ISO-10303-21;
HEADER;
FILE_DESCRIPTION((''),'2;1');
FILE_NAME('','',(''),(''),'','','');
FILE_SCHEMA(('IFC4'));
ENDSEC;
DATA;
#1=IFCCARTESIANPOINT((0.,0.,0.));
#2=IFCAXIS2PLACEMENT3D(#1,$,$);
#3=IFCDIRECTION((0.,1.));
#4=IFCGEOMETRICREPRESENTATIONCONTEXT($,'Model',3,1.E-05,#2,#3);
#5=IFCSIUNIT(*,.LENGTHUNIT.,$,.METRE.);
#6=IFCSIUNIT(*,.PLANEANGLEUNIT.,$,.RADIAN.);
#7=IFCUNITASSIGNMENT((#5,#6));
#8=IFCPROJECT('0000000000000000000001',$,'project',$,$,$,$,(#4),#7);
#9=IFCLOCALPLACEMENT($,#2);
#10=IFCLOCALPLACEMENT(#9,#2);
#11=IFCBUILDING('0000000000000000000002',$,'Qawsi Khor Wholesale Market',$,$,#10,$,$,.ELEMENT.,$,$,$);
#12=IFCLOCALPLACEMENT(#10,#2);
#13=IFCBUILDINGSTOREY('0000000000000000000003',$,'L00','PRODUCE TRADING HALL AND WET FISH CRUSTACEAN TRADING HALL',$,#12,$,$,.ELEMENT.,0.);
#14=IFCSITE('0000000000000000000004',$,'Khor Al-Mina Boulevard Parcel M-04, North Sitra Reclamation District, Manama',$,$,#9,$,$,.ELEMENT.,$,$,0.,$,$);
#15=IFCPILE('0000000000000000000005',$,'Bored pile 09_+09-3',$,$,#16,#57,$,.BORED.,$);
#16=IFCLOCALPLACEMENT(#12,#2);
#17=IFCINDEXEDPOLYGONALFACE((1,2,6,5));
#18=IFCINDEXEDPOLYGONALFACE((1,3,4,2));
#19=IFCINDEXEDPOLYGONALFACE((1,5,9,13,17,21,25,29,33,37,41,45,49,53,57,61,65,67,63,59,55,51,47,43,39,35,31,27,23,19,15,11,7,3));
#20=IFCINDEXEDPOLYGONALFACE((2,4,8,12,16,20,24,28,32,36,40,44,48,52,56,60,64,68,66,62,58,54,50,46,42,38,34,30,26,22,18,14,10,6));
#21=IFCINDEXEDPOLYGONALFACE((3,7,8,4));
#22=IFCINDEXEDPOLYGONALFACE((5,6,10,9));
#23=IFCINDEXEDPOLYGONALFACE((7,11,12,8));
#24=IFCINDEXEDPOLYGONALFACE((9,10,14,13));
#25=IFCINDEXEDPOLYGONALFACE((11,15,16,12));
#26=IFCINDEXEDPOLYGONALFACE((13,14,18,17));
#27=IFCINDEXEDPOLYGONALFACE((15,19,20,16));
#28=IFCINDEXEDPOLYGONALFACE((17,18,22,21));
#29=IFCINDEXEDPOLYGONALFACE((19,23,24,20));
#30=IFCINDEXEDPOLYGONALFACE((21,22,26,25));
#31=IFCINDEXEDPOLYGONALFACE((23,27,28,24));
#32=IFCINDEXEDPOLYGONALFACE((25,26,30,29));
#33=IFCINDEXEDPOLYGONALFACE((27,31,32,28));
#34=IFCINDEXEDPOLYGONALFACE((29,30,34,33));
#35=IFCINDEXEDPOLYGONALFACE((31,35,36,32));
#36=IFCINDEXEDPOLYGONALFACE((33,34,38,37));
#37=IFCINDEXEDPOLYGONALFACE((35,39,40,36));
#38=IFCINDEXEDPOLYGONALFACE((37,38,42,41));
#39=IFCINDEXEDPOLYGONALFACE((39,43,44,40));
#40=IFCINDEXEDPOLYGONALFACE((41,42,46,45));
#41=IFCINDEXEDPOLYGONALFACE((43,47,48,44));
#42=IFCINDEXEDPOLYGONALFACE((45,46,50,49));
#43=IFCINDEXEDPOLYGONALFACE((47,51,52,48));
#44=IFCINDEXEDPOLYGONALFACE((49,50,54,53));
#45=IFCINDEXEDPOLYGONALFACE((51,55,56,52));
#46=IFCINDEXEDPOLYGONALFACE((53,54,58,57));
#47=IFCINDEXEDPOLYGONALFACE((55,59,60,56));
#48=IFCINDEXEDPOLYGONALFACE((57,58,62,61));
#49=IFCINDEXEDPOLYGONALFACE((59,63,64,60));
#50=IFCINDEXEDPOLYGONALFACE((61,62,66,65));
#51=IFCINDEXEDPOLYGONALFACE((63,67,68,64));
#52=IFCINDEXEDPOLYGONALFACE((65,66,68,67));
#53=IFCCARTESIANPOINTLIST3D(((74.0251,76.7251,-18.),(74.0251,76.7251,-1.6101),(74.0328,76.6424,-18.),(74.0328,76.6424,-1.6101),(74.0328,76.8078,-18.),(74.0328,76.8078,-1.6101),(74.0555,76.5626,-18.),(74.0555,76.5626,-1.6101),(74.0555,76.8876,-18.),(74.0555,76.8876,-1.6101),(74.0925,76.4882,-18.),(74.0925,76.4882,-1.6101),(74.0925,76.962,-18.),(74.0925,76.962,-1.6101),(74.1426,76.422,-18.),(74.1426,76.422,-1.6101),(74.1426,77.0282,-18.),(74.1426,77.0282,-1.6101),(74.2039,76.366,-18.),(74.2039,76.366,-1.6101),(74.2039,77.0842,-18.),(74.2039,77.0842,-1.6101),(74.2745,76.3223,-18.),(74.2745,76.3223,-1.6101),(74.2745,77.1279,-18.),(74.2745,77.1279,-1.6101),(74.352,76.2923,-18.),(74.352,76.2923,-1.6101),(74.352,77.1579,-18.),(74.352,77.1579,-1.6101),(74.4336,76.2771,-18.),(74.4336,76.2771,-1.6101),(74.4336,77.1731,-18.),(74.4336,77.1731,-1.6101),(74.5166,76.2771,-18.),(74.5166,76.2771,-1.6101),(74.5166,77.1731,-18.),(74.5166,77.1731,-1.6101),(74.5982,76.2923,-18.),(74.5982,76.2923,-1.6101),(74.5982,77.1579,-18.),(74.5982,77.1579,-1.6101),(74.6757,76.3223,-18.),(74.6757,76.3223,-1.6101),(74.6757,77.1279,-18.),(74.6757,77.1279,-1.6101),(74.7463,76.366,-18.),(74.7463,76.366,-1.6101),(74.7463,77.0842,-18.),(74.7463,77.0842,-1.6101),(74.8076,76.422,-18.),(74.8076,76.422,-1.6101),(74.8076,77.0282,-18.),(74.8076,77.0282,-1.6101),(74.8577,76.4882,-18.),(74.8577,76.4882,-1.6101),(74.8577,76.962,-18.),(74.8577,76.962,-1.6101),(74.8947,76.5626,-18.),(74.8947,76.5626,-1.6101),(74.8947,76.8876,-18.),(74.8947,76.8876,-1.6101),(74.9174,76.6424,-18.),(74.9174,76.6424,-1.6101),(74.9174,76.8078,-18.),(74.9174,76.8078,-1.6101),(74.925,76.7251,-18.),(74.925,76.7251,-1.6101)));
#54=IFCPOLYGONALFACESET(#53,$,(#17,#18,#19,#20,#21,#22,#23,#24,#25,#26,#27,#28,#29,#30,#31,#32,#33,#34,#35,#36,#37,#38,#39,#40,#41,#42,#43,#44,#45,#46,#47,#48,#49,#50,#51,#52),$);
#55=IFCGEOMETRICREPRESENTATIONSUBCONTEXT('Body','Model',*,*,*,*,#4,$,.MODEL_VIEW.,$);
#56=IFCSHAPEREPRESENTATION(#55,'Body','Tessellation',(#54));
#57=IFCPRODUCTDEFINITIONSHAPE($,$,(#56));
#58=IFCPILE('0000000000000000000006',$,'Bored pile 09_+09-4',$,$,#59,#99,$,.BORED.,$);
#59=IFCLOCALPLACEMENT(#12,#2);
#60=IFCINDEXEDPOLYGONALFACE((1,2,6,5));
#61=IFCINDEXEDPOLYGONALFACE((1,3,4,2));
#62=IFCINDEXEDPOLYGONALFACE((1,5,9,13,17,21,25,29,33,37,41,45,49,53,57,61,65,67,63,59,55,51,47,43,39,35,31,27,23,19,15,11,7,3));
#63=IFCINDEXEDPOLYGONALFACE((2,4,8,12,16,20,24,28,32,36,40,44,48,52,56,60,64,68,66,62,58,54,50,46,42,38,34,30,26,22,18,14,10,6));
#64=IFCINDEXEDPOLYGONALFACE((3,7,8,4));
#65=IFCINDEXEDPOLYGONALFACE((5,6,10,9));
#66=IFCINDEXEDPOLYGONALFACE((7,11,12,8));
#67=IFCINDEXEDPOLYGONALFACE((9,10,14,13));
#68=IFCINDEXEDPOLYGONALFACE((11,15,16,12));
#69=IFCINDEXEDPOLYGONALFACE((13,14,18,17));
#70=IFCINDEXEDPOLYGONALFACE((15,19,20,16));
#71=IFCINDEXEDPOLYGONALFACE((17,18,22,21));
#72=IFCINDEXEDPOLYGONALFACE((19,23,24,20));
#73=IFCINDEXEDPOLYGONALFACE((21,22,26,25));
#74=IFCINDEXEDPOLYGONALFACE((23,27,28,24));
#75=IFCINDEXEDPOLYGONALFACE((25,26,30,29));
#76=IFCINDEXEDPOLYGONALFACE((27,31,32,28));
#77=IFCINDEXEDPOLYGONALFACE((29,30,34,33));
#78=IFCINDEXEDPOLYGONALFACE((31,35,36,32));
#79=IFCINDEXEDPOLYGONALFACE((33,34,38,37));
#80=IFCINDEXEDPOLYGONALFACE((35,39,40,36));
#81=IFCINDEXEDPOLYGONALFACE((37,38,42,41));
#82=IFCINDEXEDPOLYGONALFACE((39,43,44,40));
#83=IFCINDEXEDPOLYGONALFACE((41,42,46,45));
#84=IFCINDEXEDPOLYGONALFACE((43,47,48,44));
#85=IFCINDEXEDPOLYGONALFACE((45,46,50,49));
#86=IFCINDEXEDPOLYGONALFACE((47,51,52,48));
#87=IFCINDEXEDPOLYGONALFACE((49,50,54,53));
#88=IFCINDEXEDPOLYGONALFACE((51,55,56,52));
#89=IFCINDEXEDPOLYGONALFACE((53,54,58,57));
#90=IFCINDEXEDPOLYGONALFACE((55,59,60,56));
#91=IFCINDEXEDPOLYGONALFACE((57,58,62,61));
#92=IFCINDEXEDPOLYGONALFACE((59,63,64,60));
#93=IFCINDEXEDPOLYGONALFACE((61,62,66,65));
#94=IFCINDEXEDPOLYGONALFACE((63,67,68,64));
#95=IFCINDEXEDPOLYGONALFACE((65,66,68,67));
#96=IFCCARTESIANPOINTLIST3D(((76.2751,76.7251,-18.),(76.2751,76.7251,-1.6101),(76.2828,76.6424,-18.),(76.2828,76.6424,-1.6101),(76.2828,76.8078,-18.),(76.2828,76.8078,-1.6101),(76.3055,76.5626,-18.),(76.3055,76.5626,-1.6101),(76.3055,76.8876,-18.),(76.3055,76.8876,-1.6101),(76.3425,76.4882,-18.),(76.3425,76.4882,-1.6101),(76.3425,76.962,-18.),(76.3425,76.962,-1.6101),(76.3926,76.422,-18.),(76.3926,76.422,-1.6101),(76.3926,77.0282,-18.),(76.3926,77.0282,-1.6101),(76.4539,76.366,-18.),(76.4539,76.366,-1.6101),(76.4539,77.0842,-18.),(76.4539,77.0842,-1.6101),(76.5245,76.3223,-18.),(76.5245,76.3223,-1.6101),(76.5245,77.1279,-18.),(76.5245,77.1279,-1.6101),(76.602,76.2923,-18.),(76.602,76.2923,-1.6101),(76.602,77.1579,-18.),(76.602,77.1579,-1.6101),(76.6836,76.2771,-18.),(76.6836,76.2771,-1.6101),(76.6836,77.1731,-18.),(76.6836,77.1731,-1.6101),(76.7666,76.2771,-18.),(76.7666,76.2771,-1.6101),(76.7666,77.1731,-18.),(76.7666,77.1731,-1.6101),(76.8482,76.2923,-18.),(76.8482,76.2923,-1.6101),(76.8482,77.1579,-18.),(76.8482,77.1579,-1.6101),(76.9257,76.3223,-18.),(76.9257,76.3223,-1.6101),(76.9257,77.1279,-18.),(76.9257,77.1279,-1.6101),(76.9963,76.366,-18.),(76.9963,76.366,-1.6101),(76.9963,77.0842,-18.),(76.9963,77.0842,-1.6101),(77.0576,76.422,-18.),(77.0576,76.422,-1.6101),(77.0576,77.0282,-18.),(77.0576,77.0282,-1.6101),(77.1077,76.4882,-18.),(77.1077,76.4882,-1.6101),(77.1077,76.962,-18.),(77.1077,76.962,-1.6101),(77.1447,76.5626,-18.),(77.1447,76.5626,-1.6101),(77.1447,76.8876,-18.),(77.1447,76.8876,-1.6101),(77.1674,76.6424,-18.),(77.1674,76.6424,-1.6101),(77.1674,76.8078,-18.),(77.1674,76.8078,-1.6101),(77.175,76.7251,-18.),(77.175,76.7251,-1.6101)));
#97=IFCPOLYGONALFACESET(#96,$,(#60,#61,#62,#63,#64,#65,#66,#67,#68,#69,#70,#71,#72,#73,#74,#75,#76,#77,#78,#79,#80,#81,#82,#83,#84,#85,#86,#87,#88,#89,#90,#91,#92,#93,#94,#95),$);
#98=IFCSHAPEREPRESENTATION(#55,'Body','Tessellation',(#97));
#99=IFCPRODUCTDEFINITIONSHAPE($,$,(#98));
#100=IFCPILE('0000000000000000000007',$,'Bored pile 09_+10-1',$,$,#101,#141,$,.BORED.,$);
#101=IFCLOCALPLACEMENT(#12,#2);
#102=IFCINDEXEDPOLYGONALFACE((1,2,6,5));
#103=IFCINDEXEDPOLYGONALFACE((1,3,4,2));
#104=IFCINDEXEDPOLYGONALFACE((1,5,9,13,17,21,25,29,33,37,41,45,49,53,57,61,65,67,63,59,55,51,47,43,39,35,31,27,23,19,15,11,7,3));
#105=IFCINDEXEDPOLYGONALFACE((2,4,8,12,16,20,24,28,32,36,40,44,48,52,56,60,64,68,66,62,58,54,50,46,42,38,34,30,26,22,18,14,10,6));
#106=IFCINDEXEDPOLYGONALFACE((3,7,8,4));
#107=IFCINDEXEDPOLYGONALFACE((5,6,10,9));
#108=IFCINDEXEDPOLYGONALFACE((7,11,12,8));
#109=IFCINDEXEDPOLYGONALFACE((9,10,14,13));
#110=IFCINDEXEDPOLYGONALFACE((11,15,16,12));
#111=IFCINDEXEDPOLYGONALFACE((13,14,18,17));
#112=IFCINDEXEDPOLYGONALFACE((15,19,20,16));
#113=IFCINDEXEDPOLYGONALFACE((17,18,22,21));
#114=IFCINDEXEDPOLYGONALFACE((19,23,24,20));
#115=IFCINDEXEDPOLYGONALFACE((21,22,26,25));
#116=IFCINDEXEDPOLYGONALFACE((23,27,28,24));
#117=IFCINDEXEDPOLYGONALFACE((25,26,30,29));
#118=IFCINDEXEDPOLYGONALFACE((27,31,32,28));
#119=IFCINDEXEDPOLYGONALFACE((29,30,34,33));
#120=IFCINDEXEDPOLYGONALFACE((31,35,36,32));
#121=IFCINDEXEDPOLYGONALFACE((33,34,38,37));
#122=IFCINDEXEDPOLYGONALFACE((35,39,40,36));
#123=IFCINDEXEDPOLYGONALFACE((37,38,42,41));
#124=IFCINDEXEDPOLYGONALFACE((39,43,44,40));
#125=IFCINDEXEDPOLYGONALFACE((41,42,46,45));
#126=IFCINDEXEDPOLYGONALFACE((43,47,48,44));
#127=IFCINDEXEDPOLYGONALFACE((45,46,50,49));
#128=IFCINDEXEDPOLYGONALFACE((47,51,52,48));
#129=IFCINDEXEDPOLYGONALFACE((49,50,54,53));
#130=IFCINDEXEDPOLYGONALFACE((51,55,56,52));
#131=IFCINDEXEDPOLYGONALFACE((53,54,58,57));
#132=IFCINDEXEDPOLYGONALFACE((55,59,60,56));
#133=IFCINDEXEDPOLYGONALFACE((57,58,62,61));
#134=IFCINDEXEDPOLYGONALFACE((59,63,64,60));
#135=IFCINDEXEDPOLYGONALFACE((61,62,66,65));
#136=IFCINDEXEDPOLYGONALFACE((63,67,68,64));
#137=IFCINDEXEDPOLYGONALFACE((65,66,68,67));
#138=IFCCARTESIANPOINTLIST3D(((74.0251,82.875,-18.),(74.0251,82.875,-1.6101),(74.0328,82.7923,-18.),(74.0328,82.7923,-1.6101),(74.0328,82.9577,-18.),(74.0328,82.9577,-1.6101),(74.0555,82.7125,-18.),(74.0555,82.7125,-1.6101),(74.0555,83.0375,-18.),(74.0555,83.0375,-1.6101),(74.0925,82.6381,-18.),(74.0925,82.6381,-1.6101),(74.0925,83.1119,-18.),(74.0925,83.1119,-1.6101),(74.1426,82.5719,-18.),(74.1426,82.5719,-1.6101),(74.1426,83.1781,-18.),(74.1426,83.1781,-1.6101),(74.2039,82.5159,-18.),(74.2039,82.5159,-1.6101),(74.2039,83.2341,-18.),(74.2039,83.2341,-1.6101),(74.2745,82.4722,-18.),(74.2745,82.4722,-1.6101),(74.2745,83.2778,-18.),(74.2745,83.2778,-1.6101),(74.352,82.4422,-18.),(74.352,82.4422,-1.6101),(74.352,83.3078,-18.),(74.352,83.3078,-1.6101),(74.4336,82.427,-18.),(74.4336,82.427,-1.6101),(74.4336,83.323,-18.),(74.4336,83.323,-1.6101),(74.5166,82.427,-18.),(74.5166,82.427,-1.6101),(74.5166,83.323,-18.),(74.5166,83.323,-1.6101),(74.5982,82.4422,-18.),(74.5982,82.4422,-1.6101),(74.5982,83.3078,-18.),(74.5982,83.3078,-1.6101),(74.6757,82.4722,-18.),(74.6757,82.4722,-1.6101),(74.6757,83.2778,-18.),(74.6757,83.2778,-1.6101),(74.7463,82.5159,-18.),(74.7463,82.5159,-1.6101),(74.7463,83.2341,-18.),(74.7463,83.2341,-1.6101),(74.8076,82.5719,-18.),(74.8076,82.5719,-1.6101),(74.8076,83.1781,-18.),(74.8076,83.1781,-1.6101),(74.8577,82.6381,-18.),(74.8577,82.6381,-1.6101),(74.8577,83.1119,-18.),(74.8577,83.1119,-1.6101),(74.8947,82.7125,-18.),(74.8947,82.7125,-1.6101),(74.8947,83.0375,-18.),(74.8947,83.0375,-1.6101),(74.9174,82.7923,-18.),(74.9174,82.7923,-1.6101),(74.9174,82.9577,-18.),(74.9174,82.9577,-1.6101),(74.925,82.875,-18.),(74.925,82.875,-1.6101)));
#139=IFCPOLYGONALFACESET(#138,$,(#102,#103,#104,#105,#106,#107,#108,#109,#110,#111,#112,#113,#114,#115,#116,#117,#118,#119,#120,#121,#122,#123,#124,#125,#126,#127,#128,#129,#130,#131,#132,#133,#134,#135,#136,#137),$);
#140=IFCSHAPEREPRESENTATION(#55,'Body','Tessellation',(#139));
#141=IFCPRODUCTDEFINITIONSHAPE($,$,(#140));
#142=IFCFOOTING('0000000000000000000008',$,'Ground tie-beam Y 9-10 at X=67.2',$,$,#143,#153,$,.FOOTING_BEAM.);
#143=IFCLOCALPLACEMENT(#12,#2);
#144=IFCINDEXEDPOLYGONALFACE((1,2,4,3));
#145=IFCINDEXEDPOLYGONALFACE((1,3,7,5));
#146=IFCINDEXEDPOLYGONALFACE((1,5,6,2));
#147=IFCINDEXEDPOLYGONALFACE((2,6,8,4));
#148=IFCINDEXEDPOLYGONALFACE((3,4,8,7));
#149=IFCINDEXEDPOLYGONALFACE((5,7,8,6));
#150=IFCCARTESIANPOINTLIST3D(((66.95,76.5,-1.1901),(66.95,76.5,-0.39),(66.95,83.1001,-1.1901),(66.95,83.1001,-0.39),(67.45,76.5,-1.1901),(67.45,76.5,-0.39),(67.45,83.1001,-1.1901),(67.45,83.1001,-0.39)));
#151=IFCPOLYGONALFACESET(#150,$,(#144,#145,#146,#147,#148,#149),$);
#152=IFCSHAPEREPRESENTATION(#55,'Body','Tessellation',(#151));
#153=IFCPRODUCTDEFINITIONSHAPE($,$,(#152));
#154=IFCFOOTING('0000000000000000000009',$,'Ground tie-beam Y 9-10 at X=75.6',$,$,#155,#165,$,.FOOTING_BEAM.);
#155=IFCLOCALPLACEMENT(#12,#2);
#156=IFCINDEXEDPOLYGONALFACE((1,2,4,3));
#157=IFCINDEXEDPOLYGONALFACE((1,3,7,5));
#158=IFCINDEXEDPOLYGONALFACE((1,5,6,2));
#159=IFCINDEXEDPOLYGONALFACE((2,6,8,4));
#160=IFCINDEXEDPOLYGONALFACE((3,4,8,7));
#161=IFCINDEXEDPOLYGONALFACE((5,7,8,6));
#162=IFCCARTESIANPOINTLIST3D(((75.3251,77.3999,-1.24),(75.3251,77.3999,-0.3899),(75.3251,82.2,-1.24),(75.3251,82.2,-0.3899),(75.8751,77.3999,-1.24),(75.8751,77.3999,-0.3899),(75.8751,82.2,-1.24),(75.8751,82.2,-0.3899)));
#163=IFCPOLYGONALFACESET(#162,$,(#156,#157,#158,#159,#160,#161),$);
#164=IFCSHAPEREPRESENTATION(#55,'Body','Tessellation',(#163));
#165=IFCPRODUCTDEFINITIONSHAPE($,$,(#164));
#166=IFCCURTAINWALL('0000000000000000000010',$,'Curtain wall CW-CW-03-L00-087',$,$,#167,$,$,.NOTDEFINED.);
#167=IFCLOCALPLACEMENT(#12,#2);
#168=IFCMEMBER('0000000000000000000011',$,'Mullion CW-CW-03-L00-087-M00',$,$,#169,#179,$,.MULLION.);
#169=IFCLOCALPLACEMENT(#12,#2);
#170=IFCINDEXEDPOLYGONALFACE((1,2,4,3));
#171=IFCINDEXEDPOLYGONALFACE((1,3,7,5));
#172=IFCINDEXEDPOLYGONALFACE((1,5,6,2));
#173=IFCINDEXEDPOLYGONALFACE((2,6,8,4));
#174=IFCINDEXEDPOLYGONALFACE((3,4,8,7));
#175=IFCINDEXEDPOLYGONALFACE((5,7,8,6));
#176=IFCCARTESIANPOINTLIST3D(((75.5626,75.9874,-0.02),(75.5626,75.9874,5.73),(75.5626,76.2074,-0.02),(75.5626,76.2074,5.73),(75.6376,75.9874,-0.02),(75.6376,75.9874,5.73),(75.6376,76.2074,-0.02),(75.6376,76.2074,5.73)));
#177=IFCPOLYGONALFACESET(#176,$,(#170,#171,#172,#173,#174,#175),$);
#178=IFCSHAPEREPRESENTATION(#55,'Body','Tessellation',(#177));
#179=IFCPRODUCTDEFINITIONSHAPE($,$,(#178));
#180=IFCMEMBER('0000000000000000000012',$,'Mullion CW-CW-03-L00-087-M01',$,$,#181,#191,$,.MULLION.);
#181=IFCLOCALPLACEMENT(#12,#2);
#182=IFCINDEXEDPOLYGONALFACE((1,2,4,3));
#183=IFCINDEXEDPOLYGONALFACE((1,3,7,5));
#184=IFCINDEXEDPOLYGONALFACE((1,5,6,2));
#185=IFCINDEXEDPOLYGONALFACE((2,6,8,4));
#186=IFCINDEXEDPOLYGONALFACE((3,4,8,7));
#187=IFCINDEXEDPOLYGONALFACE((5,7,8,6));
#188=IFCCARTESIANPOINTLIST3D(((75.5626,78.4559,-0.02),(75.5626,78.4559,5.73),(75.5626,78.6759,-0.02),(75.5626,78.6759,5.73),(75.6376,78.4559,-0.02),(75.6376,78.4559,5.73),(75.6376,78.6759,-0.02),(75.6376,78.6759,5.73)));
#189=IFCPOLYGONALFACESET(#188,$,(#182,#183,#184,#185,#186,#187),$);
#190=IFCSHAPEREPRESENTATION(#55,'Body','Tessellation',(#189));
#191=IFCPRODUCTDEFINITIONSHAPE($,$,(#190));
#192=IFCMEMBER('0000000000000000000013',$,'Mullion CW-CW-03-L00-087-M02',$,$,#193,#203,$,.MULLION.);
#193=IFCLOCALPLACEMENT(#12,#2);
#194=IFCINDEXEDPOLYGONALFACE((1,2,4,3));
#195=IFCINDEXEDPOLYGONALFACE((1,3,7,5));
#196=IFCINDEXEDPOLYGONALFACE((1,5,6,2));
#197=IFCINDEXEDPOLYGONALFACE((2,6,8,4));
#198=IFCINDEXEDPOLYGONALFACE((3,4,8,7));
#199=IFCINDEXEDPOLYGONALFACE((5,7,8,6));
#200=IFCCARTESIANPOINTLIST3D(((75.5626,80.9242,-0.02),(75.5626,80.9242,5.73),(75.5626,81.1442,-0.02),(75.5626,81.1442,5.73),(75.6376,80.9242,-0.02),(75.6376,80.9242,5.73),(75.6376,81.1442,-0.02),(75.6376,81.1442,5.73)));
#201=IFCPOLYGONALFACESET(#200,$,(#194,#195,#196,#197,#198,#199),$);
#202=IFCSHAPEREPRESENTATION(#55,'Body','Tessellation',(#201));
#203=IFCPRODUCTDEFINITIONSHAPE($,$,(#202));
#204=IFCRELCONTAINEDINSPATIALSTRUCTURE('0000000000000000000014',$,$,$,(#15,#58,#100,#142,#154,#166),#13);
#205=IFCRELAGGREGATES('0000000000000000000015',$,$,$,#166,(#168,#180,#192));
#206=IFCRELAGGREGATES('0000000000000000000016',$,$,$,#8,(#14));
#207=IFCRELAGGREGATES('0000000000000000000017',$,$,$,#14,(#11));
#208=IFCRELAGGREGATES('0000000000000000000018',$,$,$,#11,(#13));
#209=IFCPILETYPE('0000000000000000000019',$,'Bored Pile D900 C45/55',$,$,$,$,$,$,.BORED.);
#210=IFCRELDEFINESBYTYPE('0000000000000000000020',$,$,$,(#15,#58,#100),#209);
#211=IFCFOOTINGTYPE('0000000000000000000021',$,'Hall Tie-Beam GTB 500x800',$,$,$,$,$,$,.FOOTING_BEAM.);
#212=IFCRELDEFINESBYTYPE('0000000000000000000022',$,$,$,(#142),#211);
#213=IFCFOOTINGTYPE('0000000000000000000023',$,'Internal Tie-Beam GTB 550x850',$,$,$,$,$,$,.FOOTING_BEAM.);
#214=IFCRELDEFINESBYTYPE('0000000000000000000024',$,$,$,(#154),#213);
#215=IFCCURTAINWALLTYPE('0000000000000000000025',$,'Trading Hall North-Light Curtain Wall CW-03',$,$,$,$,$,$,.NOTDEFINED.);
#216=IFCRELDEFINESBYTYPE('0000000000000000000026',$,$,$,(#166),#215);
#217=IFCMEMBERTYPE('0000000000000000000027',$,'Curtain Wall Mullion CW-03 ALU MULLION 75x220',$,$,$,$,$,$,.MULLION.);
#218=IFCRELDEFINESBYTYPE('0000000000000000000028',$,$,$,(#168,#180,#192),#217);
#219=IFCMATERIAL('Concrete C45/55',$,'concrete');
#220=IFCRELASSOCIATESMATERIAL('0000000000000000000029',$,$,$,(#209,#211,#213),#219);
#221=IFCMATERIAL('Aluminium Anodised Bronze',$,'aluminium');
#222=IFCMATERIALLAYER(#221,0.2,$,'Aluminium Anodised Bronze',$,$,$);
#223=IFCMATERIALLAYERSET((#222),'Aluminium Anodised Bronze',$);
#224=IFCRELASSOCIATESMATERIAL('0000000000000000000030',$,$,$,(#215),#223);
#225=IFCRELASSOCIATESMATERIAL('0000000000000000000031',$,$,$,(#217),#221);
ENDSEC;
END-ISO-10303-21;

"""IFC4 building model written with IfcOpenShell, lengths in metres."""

from ifc_helpers import new_model, si_unit, direction, frame, origin, origin_2d, place, context, subcontext, project, spatial, rectangle, circle, extrude, material, layer, layer_set, material_profile, profile_set, type_object, element, aggregate, save


model = new_model("IFC4")

# Units and contexts
model_context = context("Model", 3, precision=1e-05, world=origin(), true_north=direction((0.0, 1.0)))
body_context = subcontext(model_context, "Body", "Model", "MODEL_VIEW")
ifc_project = project(units=[si_unit("LENGTHUNIT", "METRE"), si_unit("PLANEANGLEUNIT", "RADIAN")], contexts=[model_context])

# Site, building, storey
site_placement = place(None, origin())
site = spatial("IfcSite", under=ifc_project, at=site_placement, Name="Khor Al-Mina Boulevard Parcel M-04, North Sitra Reclamation District, Manama", CompositionType="ELEMENT", RefElevation=0.0)
building_placement = place(site_placement, origin())
building = spatial("IfcBuilding", under=site, at=building_placement, Name="Qawsi Khor Wholesale Market", CompositionType="ELEMENT")
storey_placement = place(building_placement, origin())
storey = spatial("IfcBuildingStorey", under=building, at=storey_placement, Name="L00", Description="PRODUCE TRADING HALL AND WET FISH CRUSTACEAN TRADING HALL", CompositionType="ELEMENT", Elevation=0.0)

# Piles
ifc_material_1 = material(Name="Concrete C45/55", Category="concrete")
ifc_material_profile_1 = material_profile(ifc_material_1, circle(Radius=0.45, at=origin_2d()), Name="PILE D900")
ifc_profile_set_1 = profile_set([ifc_material_profile_1], Name="Concrete C45/55")
pile_type = type_object("IfcPileType", Name="Bored Pile D900 C45/55", PredefinedType="BORED", material=ifc_profile_set_1)
for number, where, z_axis, x_axis, name in (
    (1, (74.4751, 76.7251, -1.6101), (0.0, 0.0, -1.0), (1.0, 0.0, 0.0), "Bored pile 09_+09-3"),
    (2, (76.7251, 76.7251, -1.6101), (0.0, 0.0, -1.0), (1.0, 0.0, 0.0), "Bored pile 09_+09-4"),
    (3, (74.4751, 82.875, -1.6101), (0.0, 0.0, -1.0), (1.0, 0.0, 0.0), "Bored pile 09_+10-1"),
):
    element("IfcPile", number, at=place(storey_placement, frame(where, z_axis=z_axis, x_axis=x_axis)), inside=storey, type_object=pile_type, Name=name, PredefinedType="BORED", context=body_context, shape_type="SweptSolid", body=[
        extrude(circle(Radius=0.45, at=origin_2d()), origin(), (0.0, 0.0, 1.0), 16.3899),
    ])

# Footings
ifc_material_profile_2 = material_profile(ifc_material_1, rectangle(XDim=0.5, YDim=0.8, at=origin_2d()), Name="RC 500x800")
ifc_profile_set_2 = profile_set([ifc_material_profile_2], Name="Concrete C45/55")
footing_type_1 = type_object("IfcFootingType", Name="Hall Tie-Beam GTB 500x800", PredefinedType="FOOTING_BEAM", material=ifc_profile_set_2)
footing_1_placement = place(storey_placement, frame((67.2, 76.5, -0.79), z_axis=(0.0, 1.0, 0.0), x_axis=(-1.0, 0.0, 0.0)))
element("IfcFooting", 4, at=footing_1_placement, inside=storey, type_object=footing_type_1, Name="Ground tie-beam Y 9-10 at X=67.2", PredefinedType="FOOTING_BEAM", context=body_context, shape_type="SweptSolid", body=[
    extrude(rectangle(XDim=0.5, YDim=0.8, at=origin_2d()), origin(), (0.0, 0.0, 1.0), 6.6001),
])
ifc_material_profile_3 = material_profile(ifc_material_1, rectangle(XDim=0.55, YDim=0.8501, at=origin_2d()), Name="RC 550x850")
ifc_profile_set_3 = profile_set([ifc_material_profile_3], Name="Concrete C45/55")
footing_type_2 = type_object("IfcFootingType", Name="Internal Tie-Beam GTB 550x850", PredefinedType="FOOTING_BEAM", material=ifc_profile_set_3)
footing_2_placement = place(storey_placement, frame((75.6001, 77.3999, -0.8149), z_axis=(0.0, 1.0, 0.0), x_axis=(-1.0, 0.0, 0.0)))
element("IfcFooting", 5, at=footing_2_placement, inside=storey, type_object=footing_type_2, Name="Ground tie-beam Y 9-10 at X=75.6", PredefinedType="FOOTING_BEAM", context=body_context, shape_type="SweptSolid", body=[
    extrude(rectangle(XDim=0.55, YDim=0.8501, at=origin_2d()), origin(), (0.0, 0.0, 1.0), 4.8),
])

# Curtain wall, members
ifc_material_2 = material(Name="Aluminium Anodised Bronze", Category="aluminium")
ifc_layer_1 = layer(ifc_material_2, 0.2, Name="Aluminium Anodised Bronze")
ifc_layer_set_1 = layer_set([ifc_layer_1], Name="Aluminium Anodised Bronze")
curtain_wall_type = type_object("IfcCurtainWallType", Name="Trading Hall North-Light Curtain Wall CW-03", PredefinedType="NOTDEFINED", material=ifc_layer_set_1)
curtain_wall_placement = place(storey_placement, origin())
curtain_wall = element("IfcCurtainWall", 6, at=curtain_wall_placement, inside=storey, type_object=curtain_wall_type, Name="Curtain wall CW-CW-03-L00-087", PredefinedType="NOTDEFINED")
ifc_material_profile_4 = material_profile(ifc_material_2, rectangle(XDim=0.075, YDim=0.22, at=origin_2d()), Name="ALU MULLION 75x220")
ifc_profile_set_4 = profile_set([ifc_material_profile_4], Name="Aluminium Anodised Bronze")
member_type_1 = type_object("IfcMemberType", Name="Curtain Wall Mullion CW-03 ALU MULLION 75x220", PredefinedType="MULLION", material=ifc_profile_set_4)
member_1_placement = place(storey_placement, frame((75.6001, 76.0974, -0.02), z_axis=(0.0, 0.0, 1.0), x_axis=(1.0, 0.0, 0.0)))
member_1 = element("IfcMember", 7, at=member_1_placement, type_object=member_type_1, Name="Mullion CW-CW-03-L00-087-M00", PredefinedType="MULLION", context=body_context, shape_type="SweptSolid", body=[
    extrude(rectangle(XDim=0.075, YDim=0.22, at=origin_2d()), origin(), (0.0, 0.0, 1.0), 5.75),
])
member_2_placement = place(storey_placement, frame((75.6001, 78.5659, -0.02), z_axis=(0.0, 0.0, 1.0), x_axis=(1.0, 0.0, 0.0)))
member_2 = element("IfcMember", 8, at=member_2_placement, type_object=member_type_1, Name="Mullion CW-CW-03-L00-087-M01", PredefinedType="MULLION", context=body_context, shape_type="SweptSolid", body=[
    extrude(rectangle(XDim=0.075, YDim=0.22, at=origin_2d()), origin(), (0.0, 0.0, 1.0), 5.75),
])
member_3_placement = place(storey_placement, frame((75.6001, 81.0342, -0.02), z_axis=(0.0, 0.0, 1.0), x_axis=(1.0, 0.0, 0.0)))
member_3 = element("IfcMember", 9, at=member_3_placement, type_object=member_type_1, Name="Mullion CW-CW-03-L00-087-M02", PredefinedType="MULLION", context=body_context, shape_type="SweptSolid", body=[
    extrude(rectangle(XDim=0.075, YDim=0.22, at=origin_2d()), origin(), (0.0, 0.0, 1.0), 5.75),
])
aggregate(curtain_wall, [member_1, member_2, member_3])

save(model, "model.ifc")
